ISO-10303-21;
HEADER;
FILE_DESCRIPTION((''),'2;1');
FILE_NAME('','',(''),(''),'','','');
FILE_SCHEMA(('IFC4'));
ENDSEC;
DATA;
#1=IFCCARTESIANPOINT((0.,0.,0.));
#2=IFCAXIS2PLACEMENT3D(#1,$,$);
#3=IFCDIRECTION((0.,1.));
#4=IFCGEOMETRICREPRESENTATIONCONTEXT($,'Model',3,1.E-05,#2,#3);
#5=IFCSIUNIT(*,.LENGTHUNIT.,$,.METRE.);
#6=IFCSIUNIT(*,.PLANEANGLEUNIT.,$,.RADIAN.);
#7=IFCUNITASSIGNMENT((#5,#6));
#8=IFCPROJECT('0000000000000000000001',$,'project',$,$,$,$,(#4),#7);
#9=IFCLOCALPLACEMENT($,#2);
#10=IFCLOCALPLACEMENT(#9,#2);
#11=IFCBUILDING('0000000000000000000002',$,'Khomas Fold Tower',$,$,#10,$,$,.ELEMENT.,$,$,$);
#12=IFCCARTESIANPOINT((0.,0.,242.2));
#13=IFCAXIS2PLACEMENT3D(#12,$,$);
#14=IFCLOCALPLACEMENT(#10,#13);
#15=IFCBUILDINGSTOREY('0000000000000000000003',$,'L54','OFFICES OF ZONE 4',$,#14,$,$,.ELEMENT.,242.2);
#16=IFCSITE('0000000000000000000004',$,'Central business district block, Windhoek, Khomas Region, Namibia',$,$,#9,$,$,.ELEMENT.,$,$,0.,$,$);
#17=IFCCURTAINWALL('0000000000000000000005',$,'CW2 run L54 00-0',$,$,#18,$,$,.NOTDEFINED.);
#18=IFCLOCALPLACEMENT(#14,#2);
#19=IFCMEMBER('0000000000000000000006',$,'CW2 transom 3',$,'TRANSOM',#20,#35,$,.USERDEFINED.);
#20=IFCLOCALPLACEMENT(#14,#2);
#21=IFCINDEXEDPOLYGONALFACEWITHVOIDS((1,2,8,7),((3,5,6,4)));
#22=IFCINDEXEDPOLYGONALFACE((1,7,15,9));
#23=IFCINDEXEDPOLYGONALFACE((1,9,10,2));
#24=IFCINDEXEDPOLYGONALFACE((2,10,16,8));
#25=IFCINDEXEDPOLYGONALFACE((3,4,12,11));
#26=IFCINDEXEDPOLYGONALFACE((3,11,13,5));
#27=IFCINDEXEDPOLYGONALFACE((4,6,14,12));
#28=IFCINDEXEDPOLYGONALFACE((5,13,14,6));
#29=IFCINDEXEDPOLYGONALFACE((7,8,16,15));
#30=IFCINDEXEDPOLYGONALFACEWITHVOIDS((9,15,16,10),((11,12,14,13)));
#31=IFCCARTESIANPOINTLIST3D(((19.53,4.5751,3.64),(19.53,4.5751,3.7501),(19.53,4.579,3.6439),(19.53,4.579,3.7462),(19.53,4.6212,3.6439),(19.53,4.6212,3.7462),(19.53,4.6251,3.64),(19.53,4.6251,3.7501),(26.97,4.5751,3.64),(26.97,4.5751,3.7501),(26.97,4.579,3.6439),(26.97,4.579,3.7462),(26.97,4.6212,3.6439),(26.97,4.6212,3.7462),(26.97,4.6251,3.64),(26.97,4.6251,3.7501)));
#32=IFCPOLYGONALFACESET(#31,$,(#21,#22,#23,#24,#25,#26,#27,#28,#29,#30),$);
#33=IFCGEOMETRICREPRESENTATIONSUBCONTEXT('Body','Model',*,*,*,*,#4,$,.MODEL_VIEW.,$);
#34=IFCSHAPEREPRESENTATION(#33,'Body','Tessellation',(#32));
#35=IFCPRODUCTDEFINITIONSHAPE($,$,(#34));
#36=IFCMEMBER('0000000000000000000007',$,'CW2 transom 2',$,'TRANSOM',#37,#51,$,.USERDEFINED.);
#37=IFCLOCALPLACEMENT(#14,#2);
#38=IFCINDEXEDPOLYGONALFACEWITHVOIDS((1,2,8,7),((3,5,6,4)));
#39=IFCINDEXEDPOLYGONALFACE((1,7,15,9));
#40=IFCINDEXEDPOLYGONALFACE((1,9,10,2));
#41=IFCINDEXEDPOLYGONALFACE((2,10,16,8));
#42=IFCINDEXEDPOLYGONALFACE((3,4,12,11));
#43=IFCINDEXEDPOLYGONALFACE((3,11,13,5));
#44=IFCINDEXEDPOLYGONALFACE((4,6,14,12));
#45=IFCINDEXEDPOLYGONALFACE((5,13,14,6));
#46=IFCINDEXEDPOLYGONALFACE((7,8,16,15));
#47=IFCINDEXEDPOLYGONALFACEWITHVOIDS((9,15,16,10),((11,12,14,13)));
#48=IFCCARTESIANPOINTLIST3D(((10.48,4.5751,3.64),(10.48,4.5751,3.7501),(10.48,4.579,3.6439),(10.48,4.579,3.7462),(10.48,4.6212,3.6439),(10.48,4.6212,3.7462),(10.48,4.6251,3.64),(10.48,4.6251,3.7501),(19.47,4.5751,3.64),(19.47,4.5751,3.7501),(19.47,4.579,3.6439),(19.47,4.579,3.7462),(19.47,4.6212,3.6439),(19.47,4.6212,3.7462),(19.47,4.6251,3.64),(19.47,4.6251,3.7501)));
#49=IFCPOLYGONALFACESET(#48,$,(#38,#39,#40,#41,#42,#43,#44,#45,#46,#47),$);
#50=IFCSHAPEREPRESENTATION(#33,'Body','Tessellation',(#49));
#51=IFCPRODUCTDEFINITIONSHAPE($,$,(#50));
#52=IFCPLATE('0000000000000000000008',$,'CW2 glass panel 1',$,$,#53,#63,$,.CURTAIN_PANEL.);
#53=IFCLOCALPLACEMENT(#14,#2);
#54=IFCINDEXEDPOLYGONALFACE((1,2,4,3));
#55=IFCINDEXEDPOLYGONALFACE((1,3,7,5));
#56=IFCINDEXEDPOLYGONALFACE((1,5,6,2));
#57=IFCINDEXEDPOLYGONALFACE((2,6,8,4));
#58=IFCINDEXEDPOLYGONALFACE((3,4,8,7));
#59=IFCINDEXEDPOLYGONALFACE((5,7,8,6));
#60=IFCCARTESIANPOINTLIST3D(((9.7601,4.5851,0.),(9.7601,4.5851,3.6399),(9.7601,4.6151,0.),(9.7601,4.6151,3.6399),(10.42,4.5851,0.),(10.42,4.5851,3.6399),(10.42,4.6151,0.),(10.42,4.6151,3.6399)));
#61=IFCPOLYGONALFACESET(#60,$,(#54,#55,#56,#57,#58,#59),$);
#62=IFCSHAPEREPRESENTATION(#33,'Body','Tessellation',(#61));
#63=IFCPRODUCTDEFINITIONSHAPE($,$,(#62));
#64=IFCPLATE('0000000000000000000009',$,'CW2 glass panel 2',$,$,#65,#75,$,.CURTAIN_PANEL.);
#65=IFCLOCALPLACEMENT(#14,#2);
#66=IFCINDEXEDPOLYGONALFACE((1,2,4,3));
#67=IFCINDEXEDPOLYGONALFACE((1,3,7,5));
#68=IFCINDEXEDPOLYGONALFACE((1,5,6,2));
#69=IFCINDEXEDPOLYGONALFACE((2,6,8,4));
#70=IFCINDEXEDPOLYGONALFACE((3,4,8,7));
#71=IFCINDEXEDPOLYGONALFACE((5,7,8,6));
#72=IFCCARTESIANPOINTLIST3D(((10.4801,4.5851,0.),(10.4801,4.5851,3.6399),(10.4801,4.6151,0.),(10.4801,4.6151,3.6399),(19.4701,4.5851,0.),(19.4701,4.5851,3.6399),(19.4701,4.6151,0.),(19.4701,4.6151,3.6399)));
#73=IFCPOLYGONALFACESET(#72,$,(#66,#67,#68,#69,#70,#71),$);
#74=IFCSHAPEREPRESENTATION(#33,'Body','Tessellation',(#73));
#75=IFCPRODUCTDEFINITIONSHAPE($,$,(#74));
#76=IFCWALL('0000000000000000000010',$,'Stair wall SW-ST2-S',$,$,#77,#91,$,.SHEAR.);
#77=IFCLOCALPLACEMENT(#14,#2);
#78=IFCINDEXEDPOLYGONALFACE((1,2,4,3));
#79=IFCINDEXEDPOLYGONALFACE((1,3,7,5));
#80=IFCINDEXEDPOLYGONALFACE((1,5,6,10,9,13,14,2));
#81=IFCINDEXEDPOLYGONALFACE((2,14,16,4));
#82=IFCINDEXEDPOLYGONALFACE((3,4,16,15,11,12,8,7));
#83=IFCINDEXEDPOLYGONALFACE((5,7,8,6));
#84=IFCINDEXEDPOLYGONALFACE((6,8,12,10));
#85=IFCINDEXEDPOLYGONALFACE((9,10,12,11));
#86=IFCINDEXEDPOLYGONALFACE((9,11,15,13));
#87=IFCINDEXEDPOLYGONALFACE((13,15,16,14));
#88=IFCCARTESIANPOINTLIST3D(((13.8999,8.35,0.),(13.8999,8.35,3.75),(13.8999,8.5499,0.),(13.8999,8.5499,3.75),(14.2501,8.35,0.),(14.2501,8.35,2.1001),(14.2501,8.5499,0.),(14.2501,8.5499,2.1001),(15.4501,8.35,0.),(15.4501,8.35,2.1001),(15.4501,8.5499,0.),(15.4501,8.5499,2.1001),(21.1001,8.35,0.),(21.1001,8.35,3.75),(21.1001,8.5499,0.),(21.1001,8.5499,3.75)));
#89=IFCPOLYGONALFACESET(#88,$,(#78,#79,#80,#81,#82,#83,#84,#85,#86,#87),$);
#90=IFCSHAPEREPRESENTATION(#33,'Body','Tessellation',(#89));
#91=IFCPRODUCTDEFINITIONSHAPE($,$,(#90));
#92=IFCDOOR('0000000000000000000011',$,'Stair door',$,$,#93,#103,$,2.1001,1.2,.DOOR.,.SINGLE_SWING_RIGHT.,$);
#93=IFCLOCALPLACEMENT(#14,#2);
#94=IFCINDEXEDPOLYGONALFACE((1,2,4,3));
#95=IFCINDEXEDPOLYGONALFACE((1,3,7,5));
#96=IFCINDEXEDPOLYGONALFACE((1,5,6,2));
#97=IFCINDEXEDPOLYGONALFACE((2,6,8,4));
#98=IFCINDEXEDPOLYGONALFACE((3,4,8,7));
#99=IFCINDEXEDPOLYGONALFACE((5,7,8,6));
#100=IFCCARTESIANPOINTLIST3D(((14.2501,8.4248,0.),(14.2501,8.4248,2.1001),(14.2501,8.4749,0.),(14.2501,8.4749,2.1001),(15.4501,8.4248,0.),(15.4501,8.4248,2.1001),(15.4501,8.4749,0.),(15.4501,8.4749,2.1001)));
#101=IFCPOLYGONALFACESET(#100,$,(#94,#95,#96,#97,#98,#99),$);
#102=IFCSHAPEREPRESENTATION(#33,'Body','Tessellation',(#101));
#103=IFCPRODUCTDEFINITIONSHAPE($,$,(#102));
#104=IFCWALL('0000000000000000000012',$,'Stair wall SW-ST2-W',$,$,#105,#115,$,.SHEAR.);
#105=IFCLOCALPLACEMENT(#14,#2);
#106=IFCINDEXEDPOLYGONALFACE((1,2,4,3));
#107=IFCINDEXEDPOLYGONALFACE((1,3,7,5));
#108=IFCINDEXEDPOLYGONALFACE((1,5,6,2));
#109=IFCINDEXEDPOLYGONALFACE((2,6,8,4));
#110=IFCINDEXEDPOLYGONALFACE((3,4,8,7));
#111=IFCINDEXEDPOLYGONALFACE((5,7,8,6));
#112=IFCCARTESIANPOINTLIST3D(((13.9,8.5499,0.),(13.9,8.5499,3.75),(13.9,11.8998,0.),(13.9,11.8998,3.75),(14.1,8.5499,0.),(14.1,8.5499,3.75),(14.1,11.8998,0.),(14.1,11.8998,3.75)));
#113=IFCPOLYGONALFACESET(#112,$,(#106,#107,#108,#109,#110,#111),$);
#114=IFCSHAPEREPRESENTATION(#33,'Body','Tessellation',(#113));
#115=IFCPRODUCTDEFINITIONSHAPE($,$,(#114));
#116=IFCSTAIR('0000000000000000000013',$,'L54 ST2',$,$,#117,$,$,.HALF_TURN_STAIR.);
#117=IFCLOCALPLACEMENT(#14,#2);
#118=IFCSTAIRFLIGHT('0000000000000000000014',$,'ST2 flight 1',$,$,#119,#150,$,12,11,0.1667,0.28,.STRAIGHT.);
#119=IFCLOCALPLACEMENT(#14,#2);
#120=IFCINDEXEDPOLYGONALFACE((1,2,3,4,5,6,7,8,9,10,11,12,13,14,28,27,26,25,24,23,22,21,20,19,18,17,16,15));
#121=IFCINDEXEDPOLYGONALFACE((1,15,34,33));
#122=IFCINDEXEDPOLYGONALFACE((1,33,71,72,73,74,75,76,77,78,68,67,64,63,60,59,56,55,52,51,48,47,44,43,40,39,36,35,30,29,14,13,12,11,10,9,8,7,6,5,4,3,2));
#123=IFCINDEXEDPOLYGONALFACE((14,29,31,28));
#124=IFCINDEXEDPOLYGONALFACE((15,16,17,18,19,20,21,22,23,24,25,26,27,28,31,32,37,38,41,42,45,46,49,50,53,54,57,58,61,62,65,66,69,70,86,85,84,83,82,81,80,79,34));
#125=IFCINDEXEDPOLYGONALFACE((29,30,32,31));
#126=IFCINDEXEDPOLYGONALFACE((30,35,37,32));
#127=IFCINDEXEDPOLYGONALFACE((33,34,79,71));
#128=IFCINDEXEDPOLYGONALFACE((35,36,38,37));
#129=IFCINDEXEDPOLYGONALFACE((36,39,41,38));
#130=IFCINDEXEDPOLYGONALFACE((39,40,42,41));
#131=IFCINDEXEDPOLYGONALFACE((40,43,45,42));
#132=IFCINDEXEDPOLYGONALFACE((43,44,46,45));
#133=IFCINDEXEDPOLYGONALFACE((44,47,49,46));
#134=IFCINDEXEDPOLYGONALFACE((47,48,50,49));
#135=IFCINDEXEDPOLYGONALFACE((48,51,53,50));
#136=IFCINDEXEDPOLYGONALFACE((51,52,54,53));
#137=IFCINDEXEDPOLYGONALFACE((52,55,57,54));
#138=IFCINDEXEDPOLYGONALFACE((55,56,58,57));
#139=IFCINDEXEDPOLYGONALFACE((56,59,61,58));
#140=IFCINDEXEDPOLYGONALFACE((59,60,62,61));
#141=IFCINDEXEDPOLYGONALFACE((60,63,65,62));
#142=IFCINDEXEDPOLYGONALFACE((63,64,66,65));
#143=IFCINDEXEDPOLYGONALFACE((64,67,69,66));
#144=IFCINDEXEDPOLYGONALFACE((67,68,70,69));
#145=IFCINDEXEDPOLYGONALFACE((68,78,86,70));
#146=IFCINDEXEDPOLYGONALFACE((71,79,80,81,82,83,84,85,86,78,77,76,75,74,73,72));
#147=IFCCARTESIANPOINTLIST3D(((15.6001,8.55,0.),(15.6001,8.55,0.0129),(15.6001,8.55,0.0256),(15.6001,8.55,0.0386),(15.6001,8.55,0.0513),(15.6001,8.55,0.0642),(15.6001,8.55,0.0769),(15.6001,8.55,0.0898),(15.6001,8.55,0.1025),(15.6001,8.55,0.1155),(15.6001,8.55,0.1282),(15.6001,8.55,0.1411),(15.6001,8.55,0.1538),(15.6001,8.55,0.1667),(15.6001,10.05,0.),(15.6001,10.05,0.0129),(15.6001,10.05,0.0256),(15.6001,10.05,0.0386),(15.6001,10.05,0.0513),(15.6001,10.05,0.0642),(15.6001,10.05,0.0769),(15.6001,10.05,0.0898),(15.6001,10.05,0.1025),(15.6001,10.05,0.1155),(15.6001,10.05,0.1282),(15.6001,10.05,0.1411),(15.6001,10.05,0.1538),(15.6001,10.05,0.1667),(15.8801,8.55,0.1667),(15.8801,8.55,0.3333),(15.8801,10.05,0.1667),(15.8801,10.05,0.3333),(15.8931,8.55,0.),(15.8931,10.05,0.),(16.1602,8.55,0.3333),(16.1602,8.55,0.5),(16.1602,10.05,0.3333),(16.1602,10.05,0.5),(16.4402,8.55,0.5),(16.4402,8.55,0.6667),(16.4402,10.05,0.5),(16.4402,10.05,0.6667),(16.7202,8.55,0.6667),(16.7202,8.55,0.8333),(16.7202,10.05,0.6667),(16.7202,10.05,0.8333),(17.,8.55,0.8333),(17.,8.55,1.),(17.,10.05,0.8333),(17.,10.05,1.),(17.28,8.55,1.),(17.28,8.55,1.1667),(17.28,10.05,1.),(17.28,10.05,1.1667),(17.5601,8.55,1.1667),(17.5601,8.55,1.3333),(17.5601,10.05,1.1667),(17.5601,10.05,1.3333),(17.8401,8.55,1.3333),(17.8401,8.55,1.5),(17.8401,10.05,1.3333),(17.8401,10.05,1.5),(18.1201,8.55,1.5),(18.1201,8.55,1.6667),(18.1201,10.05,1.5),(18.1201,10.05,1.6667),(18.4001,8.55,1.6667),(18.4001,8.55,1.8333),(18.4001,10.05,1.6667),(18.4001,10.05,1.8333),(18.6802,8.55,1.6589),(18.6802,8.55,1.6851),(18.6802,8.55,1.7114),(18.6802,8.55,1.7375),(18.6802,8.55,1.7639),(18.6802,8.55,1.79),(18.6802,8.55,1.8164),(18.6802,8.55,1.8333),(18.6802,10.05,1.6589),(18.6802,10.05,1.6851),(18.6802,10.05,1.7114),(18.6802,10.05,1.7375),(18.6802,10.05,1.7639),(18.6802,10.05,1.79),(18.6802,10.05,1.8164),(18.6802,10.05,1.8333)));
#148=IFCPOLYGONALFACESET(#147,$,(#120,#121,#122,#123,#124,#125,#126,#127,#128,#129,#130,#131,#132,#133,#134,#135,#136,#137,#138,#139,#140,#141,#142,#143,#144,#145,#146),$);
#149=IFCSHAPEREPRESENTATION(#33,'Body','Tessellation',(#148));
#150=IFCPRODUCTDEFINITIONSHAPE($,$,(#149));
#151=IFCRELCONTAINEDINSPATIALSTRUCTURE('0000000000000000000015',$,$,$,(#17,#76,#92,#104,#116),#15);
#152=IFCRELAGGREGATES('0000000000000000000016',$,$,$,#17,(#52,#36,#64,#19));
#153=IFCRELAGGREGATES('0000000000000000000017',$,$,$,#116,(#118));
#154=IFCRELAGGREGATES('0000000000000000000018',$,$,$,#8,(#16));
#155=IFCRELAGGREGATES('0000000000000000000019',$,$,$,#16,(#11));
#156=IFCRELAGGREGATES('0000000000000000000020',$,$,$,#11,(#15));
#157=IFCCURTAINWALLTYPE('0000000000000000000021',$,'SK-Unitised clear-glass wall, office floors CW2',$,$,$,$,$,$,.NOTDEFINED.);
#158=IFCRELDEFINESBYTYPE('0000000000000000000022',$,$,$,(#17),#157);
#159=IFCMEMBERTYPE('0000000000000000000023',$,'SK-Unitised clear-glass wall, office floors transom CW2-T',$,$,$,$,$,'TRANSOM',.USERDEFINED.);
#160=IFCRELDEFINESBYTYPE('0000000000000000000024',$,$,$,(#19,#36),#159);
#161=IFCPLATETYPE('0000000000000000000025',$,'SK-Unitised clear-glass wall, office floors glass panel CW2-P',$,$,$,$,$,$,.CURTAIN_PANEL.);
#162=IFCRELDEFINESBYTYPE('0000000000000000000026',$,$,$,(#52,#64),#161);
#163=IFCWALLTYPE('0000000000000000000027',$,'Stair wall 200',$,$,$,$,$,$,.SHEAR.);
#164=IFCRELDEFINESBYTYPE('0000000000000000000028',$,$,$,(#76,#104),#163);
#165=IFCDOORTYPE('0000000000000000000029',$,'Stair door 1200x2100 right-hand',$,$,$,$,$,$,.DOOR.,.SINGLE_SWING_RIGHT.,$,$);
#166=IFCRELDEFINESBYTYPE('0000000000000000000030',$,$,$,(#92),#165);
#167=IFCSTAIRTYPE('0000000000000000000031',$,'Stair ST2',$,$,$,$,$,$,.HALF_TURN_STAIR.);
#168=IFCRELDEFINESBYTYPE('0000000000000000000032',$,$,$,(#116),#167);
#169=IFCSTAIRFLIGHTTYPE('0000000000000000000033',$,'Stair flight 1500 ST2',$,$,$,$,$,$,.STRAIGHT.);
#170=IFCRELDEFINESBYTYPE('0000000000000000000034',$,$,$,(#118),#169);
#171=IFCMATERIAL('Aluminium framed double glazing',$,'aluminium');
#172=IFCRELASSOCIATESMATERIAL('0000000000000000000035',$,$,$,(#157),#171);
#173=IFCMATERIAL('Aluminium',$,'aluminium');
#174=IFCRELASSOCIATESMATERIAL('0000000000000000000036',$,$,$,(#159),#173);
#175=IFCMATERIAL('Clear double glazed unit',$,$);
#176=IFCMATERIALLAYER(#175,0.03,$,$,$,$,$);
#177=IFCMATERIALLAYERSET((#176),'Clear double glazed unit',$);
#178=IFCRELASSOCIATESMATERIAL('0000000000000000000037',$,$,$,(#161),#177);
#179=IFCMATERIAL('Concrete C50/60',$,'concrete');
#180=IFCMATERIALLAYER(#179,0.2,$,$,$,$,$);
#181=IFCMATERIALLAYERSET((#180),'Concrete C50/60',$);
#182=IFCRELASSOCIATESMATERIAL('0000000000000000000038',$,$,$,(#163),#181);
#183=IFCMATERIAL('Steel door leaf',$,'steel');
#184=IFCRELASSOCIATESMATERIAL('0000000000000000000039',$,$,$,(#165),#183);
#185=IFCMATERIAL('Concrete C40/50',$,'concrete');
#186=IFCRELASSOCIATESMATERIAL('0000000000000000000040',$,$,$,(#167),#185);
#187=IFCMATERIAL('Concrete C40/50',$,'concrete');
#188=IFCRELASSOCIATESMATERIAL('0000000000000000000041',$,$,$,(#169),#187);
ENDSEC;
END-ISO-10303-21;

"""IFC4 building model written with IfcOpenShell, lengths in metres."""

from ifc_helpers import new_model, si_unit, direction, frame, frame_2d, origin, origin_2d, place, context, subcontext, project, spatial, polyline, rectangle, hollow_rectangle, outline, extrude, source, transform, mapped, material, layer, layer_set, material_profile, profile_set, type_object, element, fill, aggregate, save


model = new_model("IFC4")

# Units and contexts
model_context = context("Model", 3, precision=1e-05, world=origin(), true_north=direction((0.0, 1.0)))
body_context = subcontext(model_context, "Body", "Model", "MODEL_VIEW")
ifc_project = project(units=[si_unit("LENGTHUNIT", "METRE"), si_unit("PLANEANGLEUNIT", "RADIAN")], contexts=[model_context])

# Site, building, storey
site_placement = place(None, origin())
site = spatial("IfcSite", under=ifc_project, at=site_placement, Name="Central business district block, Windhoek, Khomas Region, Namibia", CompositionType="ELEMENT", RefElevation=0.0)
building_placement = place(site_placement, origin())
building = spatial("IfcBuilding", under=site, at=building_placement, Name="Khomas Fold Tower", CompositionType="ELEMENT")
storey_placement = place(building_placement, frame((0.0, 0.0, 242.2)))
storey = spatial("IfcBuildingStorey", under=building, at=storey_placement, Name="L54", Description="OFFICES OF ZONE 4", CompositionType="ELEMENT", Elevation=242.2)

# Curtain wall, members, plates
ifc_material_1 = material(Name="Aluminium framed double glazing", Category="aluminium")
curtain_wall_type = type_object("IfcCurtainWallType", Name="SK-Unitised clear-glass wall, office floors CW2", PredefinedType="NOTDEFINED", material=ifc_material_1)
curtain_wall_placement = place(storey_placement, origin())
curtain_wall = element("IfcCurtainWall", 1, at=curtain_wall_placement, inside=storey, type_object=curtain_wall_type, Name="CW2 run L54 00-0", PredefinedType="NOTDEFINED")
ifc_material_2 = material(Name="Aluminium", Category="aluminium")
ifc_material_profile_1 = material_profile(ifc_material_2, hollow_rectangle(XDim=0.05, YDim=0.1101, WallThickness=0.0039, at=origin_2d()), Name="SK-Unitised clear-glass wall, office floors transom CW2-T")
ifc_profile_set_1 = profile_set([ifc_material_profile_1], Name="Aluminium")
member_type_1 = type_object("IfcMemberType", Name="SK-Unitised clear-glass wall, office floors transom CW2-T", ElementType="TRANSOM", PredefinedType="USERDEFINED", material=ifc_profile_set_1)
shared_shape_1 = source(origin(), body_context, "Body", "SweptSolid", [
    extrude(hollow_rectangle(XDim=0.05, YDim=0.1101, WallThickness=0.0039, at=origin_2d()), origin(), (0.0, 0.0, 1.0), 7.4399),
])
member_1_placement = place(storey_placement, frame((19.53, 4.6001, 3.6951), z_axis=(1.0, 0.0, 0.0), x_axis=(0.0, 1.0, 0.0)))
member_1 = element("IfcMember", 2, at=member_1_placement, type_object=member_type_1, Name="CW2 transom 3", ObjectType="TRANSOM", PredefinedType="USERDEFINED", context=body_context, shape_type="MappedRepresentation", body=[
    mapped(shared_shape_1, transform((0.0, 0.0, 0.0))),
])
shared_shape_2 = source(origin(), body_context, "Body", "SweptSolid", [
    extrude(hollow_rectangle(XDim=0.05, YDim=0.1101, WallThickness=0.0039, at=origin_2d()), origin(), (0.0, 0.0, 1.0), 8.99),
])
member_2_placement = place(storey_placement, frame((10.48, 4.6001, 3.6951), z_axis=(1.0, 0.0, 0.0), x_axis=(0.0, 1.0, 0.0)))
member_2 = element("IfcMember", 3, at=member_2_placement, type_object=member_type_1, Name="CW2 transom 2", ObjectType="TRANSOM", PredefinedType="USERDEFINED", context=body_context, shape_type="MappedRepresentation", body=[
    mapped(shared_shape_2, transform((0.0, 0.0, 0.0))),
])
ifc_material_3 = material(Name="Clear double glazed unit")
ifc_layer_1 = layer(ifc_material_3, 0.03)
ifc_layer_set_1 = layer_set([ifc_layer_1], Name="Clear double glazed unit")
plate_type = type_object("IfcPlateType", Name="SK-Unitised clear-glass wall, office floors glass panel CW2-P", PredefinedType="CURTAIN_PANEL", material=ifc_layer_set_1)
shared_shape_3 = source(origin(), body_context, "Body", "SweptSolid", [
    extrude(rectangle(XDim=0.6599, YDim=0.03, at=origin_2d()), origin(), (0.0, 0.0, 1.0), 3.6399),
])
plate_1_placement = place(storey_placement, frame((10.0901, 4.6001, 0.0), z_axis=(0.0, 0.0, 1.0), x_axis=(1.0, 0.0, 0.0)))
plate_1 = element("IfcPlate", 4, at=plate_1_placement, type_object=plate_type, Name="CW2 glass panel 1", PredefinedType="CURTAIN_PANEL", context=body_context, shape_type="MappedRepresentation", body=[
    mapped(shared_shape_3, transform((0.0, 0.0, 0.0))),
])
shared_shape_4 = source(origin(), body_context, "Body", "SweptSolid", [
    extrude(rectangle(XDim=8.99, YDim=0.03, at=origin_2d()), origin(), (0.0, 0.0, 1.0), 3.6399),
])
plate_2_placement = place(storey_placement, frame((14.9751, 4.6001, 0.0), z_axis=(0.0, 0.0, 1.0), x_axis=(1.0, 0.0, 0.0)))
plate_2 = element("IfcPlate", 5, at=plate_2_placement, type_object=plate_type, Name="CW2 glass panel 2", PredefinedType="CURTAIN_PANEL", context=body_context, shape_type="MappedRepresentation", body=[
    mapped(shared_shape_4, transform((0.0, 0.0, 0.0))),
])
aggregate(curtain_wall, [plate_1, member_2, plate_2, member_1])

# Wall, opening, door
ifc_material_4 = material(Name="Concrete C50/60", Category="concrete")
ifc_layer_2 = layer(ifc_material_4, 0.2)
ifc_layer_set_2 = layer_set([ifc_layer_2], Name="Concrete C50/60")
wall_type = type_object("IfcWallType", Name="Stair wall 200", PredefinedType="SHEAR", material=ifc_layer_set_2)
shared_shape_5 = source(origin(), body_context, "Body", "SweptSolid", [
    extrude(rectangle(XDim=7.2002, YDim=0.2, at=frame_2d((3.6001, 0.0))), origin(), (0.0, 0.0, 1.0), 3.75),
])
wall_1_placement = place(storey_placement, frame((13.8999, 8.45, 0.0), z_axis=(0.0, 0.0, 1.0), x_axis=(1.0, 0.0, 0.0)))
wall_1 = element("IfcWall", 6, at=wall_1_placement, inside=storey, type_object=wall_type, Name="Stair wall SW-ST2-S", PredefinedType="SHEAR", context=body_context, shape_type="MappedRepresentation", body=[
    mapped(shared_shape_5, transform((0.0, 0.0, 0.0))),
])
shared_shape_6 = source(origin(), body_context, "Body", "SweptSolid", [
    extrude(rectangle(XDim=1.2, YDim=2.1001, at=frame_2d((0.6001, 1.05))), frame((0.0, 0.1099, 0.0), z_axis=(0.0, -1.0, 0.0), x_axis=(1.0, 0.0, 0.0)), (0.0, 0.0, 1.0), 0.22),
])
opening_placement = place(wall_1_placement, frame((0.3501, 0.0, 0.0)))
opening = element("IfcOpeningElement", 7, at=opening_placement, cuts=wall_1, PredefinedType="OPENING", context=body_context, shape_type="MappedRepresentation", body=[
    mapped(shared_shape_6, transform((0.0, 0.0, 0.0))),
])
ifc_material_5 = material(Name="Steel door leaf", Category="steel")
door_type = type_object("IfcDoorType", Name="Stair door 1200x2100 right-hand", OperationType="SINGLE_SWING_RIGHT", PredefinedType="DOOR", material=ifc_material_5)
shared_shape_7 = source(origin(), body_context, "Body", "SweptSolid", [
    extrude(rectangle(XDim=1.2, YDim=2.1001, at=frame_2d((0.6001, 1.05))), frame((0.0, 0.0249, 0.0), z_axis=(0.0, -1.0, 0.0), x_axis=(1.0, 0.0, 0.0)), (0.0, 0.0, 1.0), 0.05),
])
door_placement = place(opening_placement, origin())
door = element("IfcDoor", 8, at=door_placement, inside=storey, type_object=door_type, Name="Stair door", OperationType="SINGLE_SWING_RIGHT", OverallHeight=2.1001, OverallWidth=1.2, PredefinedType="DOOR", context=body_context, shape_type="MappedRepresentation", body=[
    mapped(shared_shape_7, transform((0.0, 0.0, 0.0))),
])
fill(opening, door)

# Wall
shared_shape_8 = source(origin(), body_context, "Body", "SweptSolid", [
    extrude(rectangle(XDim=3.3499, YDim=0.2, at=frame_2d((1.6748, 0.0))), origin(), (0.0, 0.0, 1.0), 3.75),
])
wall_2_placement = place(storey_placement, frame((14.0, 8.55, 0.0), z_axis=(0.0, 0.0, 1.0), x_axis=(0.0, 1.0, 0.0)))
element("IfcWall", 9, at=wall_2_placement, inside=storey, type_object=wall_type, Name="Stair wall SW-ST2-W", PredefinedType="SHEAR", context=body_context, shape_type="MappedRepresentation", body=[
    mapped(shared_shape_8, transform((0.0, 0.0, 0.0))),
])

# Stair, stair flight
ifc_material_6 = material(Name="Concrete C40/50", Category="concrete")
stair_type = type_object("IfcStairType", Name="Stair ST2", PredefinedType="HALF_TURN_STAIR", material=ifc_material_6)
stair_placement = place(storey_placement, origin())
stair = element("IfcStair", 10, at=stair_placement, inside=storey, type_object=stair_type, Name="L54 ST2", PredefinedType="HALF_TURN_STAIR")
ifc_material_7 = material(Name="Concrete C40/50", Category="concrete")
stair_flight_type = type_object("IfcStairFlightType", Name="Stair flight 1500 ST2", PredefinedType="STRAIGHT", material=ifc_material_7)
shared_shape_9 = source(origin(), body_context, "Body", "SweptSolid", [
    extrude(outline(polyline([(0.0, 0.0), (0.0, 0.0129), (0.0, 0.0256), (0.0, 0.0386), (0.0, 0.0513), (0.0, 0.0642), (0.0, 0.0769), (0.0, 0.0898), (0.0, 0.1025), (0.0, 0.1155), (0.0, 0.1282), (0.0, 0.1411), (0.0, 0.1538), (0.0, 0.1667), (0.28, 0.1667), (0.28, 0.3333), (0.5601, 0.3333), (0.5601, 0.5), (0.8401, 0.5), (0.8401, 0.6667), (1.1201, 0.6667), (1.1201, 0.8333), (1.3999, 0.8333), (1.3999, 1.0), (1.6799, 1.0), (1.6799, 1.1667), (1.96, 1.1667), (1.96, 1.3333), (2.24, 1.3333), (2.24, 1.5), (2.52, 1.5), (2.52, 1.6667), (2.8, 1.6667), (2.8, 1.8333), (3.0801, 1.8333), (3.0801, 2.0), (3.0801, 1.9739), (3.0801, 1.9475), (3.0801, 1.9214), (3.0801, 1.895), (3.0801, 1.8689), (3.0801, 1.8425), (3.0801, 1.8164), (3.0801, 1.79), (3.0801, 1.7639), (3.0801, 1.7375), (3.0801, 1.7114), (3.0801, 1.6851), (3.0801, 1.6589), (0.293, 0.0), (0.0, 0.0)])), frame((0.0, 0.75, 0.0), z_axis=(0.0, -1.0, 0.0), x_axis=(1.0, 0.0, 0.0)), (0.0, 0.0, 1.0), 1.5),
])
stair_flight_placement = place(storey_placement, frame((15.6001, 9.3, 0.0), z_axis=(0.0, 0.0, 1.0), x_axis=(1.0, 0.0, 0.0)))
stair_flight = element("IfcStairFlight", 11, at=stair_flight_placement, type_object=stair_flight_type, Name="ST2 flight 1", NumberOfRisers=12, NumberOfTreads=11, PredefinedType="STRAIGHT", RiserHeight=0.1667, TreadLength=0.28, context=body_context, shape_type="MappedRepresentation", body=[
    mapped(shared_shape_9, transform((0.0, 0.0, 0.0))),
])
aggregate(stair, [stair_flight])

save(model, "model.ifc")
